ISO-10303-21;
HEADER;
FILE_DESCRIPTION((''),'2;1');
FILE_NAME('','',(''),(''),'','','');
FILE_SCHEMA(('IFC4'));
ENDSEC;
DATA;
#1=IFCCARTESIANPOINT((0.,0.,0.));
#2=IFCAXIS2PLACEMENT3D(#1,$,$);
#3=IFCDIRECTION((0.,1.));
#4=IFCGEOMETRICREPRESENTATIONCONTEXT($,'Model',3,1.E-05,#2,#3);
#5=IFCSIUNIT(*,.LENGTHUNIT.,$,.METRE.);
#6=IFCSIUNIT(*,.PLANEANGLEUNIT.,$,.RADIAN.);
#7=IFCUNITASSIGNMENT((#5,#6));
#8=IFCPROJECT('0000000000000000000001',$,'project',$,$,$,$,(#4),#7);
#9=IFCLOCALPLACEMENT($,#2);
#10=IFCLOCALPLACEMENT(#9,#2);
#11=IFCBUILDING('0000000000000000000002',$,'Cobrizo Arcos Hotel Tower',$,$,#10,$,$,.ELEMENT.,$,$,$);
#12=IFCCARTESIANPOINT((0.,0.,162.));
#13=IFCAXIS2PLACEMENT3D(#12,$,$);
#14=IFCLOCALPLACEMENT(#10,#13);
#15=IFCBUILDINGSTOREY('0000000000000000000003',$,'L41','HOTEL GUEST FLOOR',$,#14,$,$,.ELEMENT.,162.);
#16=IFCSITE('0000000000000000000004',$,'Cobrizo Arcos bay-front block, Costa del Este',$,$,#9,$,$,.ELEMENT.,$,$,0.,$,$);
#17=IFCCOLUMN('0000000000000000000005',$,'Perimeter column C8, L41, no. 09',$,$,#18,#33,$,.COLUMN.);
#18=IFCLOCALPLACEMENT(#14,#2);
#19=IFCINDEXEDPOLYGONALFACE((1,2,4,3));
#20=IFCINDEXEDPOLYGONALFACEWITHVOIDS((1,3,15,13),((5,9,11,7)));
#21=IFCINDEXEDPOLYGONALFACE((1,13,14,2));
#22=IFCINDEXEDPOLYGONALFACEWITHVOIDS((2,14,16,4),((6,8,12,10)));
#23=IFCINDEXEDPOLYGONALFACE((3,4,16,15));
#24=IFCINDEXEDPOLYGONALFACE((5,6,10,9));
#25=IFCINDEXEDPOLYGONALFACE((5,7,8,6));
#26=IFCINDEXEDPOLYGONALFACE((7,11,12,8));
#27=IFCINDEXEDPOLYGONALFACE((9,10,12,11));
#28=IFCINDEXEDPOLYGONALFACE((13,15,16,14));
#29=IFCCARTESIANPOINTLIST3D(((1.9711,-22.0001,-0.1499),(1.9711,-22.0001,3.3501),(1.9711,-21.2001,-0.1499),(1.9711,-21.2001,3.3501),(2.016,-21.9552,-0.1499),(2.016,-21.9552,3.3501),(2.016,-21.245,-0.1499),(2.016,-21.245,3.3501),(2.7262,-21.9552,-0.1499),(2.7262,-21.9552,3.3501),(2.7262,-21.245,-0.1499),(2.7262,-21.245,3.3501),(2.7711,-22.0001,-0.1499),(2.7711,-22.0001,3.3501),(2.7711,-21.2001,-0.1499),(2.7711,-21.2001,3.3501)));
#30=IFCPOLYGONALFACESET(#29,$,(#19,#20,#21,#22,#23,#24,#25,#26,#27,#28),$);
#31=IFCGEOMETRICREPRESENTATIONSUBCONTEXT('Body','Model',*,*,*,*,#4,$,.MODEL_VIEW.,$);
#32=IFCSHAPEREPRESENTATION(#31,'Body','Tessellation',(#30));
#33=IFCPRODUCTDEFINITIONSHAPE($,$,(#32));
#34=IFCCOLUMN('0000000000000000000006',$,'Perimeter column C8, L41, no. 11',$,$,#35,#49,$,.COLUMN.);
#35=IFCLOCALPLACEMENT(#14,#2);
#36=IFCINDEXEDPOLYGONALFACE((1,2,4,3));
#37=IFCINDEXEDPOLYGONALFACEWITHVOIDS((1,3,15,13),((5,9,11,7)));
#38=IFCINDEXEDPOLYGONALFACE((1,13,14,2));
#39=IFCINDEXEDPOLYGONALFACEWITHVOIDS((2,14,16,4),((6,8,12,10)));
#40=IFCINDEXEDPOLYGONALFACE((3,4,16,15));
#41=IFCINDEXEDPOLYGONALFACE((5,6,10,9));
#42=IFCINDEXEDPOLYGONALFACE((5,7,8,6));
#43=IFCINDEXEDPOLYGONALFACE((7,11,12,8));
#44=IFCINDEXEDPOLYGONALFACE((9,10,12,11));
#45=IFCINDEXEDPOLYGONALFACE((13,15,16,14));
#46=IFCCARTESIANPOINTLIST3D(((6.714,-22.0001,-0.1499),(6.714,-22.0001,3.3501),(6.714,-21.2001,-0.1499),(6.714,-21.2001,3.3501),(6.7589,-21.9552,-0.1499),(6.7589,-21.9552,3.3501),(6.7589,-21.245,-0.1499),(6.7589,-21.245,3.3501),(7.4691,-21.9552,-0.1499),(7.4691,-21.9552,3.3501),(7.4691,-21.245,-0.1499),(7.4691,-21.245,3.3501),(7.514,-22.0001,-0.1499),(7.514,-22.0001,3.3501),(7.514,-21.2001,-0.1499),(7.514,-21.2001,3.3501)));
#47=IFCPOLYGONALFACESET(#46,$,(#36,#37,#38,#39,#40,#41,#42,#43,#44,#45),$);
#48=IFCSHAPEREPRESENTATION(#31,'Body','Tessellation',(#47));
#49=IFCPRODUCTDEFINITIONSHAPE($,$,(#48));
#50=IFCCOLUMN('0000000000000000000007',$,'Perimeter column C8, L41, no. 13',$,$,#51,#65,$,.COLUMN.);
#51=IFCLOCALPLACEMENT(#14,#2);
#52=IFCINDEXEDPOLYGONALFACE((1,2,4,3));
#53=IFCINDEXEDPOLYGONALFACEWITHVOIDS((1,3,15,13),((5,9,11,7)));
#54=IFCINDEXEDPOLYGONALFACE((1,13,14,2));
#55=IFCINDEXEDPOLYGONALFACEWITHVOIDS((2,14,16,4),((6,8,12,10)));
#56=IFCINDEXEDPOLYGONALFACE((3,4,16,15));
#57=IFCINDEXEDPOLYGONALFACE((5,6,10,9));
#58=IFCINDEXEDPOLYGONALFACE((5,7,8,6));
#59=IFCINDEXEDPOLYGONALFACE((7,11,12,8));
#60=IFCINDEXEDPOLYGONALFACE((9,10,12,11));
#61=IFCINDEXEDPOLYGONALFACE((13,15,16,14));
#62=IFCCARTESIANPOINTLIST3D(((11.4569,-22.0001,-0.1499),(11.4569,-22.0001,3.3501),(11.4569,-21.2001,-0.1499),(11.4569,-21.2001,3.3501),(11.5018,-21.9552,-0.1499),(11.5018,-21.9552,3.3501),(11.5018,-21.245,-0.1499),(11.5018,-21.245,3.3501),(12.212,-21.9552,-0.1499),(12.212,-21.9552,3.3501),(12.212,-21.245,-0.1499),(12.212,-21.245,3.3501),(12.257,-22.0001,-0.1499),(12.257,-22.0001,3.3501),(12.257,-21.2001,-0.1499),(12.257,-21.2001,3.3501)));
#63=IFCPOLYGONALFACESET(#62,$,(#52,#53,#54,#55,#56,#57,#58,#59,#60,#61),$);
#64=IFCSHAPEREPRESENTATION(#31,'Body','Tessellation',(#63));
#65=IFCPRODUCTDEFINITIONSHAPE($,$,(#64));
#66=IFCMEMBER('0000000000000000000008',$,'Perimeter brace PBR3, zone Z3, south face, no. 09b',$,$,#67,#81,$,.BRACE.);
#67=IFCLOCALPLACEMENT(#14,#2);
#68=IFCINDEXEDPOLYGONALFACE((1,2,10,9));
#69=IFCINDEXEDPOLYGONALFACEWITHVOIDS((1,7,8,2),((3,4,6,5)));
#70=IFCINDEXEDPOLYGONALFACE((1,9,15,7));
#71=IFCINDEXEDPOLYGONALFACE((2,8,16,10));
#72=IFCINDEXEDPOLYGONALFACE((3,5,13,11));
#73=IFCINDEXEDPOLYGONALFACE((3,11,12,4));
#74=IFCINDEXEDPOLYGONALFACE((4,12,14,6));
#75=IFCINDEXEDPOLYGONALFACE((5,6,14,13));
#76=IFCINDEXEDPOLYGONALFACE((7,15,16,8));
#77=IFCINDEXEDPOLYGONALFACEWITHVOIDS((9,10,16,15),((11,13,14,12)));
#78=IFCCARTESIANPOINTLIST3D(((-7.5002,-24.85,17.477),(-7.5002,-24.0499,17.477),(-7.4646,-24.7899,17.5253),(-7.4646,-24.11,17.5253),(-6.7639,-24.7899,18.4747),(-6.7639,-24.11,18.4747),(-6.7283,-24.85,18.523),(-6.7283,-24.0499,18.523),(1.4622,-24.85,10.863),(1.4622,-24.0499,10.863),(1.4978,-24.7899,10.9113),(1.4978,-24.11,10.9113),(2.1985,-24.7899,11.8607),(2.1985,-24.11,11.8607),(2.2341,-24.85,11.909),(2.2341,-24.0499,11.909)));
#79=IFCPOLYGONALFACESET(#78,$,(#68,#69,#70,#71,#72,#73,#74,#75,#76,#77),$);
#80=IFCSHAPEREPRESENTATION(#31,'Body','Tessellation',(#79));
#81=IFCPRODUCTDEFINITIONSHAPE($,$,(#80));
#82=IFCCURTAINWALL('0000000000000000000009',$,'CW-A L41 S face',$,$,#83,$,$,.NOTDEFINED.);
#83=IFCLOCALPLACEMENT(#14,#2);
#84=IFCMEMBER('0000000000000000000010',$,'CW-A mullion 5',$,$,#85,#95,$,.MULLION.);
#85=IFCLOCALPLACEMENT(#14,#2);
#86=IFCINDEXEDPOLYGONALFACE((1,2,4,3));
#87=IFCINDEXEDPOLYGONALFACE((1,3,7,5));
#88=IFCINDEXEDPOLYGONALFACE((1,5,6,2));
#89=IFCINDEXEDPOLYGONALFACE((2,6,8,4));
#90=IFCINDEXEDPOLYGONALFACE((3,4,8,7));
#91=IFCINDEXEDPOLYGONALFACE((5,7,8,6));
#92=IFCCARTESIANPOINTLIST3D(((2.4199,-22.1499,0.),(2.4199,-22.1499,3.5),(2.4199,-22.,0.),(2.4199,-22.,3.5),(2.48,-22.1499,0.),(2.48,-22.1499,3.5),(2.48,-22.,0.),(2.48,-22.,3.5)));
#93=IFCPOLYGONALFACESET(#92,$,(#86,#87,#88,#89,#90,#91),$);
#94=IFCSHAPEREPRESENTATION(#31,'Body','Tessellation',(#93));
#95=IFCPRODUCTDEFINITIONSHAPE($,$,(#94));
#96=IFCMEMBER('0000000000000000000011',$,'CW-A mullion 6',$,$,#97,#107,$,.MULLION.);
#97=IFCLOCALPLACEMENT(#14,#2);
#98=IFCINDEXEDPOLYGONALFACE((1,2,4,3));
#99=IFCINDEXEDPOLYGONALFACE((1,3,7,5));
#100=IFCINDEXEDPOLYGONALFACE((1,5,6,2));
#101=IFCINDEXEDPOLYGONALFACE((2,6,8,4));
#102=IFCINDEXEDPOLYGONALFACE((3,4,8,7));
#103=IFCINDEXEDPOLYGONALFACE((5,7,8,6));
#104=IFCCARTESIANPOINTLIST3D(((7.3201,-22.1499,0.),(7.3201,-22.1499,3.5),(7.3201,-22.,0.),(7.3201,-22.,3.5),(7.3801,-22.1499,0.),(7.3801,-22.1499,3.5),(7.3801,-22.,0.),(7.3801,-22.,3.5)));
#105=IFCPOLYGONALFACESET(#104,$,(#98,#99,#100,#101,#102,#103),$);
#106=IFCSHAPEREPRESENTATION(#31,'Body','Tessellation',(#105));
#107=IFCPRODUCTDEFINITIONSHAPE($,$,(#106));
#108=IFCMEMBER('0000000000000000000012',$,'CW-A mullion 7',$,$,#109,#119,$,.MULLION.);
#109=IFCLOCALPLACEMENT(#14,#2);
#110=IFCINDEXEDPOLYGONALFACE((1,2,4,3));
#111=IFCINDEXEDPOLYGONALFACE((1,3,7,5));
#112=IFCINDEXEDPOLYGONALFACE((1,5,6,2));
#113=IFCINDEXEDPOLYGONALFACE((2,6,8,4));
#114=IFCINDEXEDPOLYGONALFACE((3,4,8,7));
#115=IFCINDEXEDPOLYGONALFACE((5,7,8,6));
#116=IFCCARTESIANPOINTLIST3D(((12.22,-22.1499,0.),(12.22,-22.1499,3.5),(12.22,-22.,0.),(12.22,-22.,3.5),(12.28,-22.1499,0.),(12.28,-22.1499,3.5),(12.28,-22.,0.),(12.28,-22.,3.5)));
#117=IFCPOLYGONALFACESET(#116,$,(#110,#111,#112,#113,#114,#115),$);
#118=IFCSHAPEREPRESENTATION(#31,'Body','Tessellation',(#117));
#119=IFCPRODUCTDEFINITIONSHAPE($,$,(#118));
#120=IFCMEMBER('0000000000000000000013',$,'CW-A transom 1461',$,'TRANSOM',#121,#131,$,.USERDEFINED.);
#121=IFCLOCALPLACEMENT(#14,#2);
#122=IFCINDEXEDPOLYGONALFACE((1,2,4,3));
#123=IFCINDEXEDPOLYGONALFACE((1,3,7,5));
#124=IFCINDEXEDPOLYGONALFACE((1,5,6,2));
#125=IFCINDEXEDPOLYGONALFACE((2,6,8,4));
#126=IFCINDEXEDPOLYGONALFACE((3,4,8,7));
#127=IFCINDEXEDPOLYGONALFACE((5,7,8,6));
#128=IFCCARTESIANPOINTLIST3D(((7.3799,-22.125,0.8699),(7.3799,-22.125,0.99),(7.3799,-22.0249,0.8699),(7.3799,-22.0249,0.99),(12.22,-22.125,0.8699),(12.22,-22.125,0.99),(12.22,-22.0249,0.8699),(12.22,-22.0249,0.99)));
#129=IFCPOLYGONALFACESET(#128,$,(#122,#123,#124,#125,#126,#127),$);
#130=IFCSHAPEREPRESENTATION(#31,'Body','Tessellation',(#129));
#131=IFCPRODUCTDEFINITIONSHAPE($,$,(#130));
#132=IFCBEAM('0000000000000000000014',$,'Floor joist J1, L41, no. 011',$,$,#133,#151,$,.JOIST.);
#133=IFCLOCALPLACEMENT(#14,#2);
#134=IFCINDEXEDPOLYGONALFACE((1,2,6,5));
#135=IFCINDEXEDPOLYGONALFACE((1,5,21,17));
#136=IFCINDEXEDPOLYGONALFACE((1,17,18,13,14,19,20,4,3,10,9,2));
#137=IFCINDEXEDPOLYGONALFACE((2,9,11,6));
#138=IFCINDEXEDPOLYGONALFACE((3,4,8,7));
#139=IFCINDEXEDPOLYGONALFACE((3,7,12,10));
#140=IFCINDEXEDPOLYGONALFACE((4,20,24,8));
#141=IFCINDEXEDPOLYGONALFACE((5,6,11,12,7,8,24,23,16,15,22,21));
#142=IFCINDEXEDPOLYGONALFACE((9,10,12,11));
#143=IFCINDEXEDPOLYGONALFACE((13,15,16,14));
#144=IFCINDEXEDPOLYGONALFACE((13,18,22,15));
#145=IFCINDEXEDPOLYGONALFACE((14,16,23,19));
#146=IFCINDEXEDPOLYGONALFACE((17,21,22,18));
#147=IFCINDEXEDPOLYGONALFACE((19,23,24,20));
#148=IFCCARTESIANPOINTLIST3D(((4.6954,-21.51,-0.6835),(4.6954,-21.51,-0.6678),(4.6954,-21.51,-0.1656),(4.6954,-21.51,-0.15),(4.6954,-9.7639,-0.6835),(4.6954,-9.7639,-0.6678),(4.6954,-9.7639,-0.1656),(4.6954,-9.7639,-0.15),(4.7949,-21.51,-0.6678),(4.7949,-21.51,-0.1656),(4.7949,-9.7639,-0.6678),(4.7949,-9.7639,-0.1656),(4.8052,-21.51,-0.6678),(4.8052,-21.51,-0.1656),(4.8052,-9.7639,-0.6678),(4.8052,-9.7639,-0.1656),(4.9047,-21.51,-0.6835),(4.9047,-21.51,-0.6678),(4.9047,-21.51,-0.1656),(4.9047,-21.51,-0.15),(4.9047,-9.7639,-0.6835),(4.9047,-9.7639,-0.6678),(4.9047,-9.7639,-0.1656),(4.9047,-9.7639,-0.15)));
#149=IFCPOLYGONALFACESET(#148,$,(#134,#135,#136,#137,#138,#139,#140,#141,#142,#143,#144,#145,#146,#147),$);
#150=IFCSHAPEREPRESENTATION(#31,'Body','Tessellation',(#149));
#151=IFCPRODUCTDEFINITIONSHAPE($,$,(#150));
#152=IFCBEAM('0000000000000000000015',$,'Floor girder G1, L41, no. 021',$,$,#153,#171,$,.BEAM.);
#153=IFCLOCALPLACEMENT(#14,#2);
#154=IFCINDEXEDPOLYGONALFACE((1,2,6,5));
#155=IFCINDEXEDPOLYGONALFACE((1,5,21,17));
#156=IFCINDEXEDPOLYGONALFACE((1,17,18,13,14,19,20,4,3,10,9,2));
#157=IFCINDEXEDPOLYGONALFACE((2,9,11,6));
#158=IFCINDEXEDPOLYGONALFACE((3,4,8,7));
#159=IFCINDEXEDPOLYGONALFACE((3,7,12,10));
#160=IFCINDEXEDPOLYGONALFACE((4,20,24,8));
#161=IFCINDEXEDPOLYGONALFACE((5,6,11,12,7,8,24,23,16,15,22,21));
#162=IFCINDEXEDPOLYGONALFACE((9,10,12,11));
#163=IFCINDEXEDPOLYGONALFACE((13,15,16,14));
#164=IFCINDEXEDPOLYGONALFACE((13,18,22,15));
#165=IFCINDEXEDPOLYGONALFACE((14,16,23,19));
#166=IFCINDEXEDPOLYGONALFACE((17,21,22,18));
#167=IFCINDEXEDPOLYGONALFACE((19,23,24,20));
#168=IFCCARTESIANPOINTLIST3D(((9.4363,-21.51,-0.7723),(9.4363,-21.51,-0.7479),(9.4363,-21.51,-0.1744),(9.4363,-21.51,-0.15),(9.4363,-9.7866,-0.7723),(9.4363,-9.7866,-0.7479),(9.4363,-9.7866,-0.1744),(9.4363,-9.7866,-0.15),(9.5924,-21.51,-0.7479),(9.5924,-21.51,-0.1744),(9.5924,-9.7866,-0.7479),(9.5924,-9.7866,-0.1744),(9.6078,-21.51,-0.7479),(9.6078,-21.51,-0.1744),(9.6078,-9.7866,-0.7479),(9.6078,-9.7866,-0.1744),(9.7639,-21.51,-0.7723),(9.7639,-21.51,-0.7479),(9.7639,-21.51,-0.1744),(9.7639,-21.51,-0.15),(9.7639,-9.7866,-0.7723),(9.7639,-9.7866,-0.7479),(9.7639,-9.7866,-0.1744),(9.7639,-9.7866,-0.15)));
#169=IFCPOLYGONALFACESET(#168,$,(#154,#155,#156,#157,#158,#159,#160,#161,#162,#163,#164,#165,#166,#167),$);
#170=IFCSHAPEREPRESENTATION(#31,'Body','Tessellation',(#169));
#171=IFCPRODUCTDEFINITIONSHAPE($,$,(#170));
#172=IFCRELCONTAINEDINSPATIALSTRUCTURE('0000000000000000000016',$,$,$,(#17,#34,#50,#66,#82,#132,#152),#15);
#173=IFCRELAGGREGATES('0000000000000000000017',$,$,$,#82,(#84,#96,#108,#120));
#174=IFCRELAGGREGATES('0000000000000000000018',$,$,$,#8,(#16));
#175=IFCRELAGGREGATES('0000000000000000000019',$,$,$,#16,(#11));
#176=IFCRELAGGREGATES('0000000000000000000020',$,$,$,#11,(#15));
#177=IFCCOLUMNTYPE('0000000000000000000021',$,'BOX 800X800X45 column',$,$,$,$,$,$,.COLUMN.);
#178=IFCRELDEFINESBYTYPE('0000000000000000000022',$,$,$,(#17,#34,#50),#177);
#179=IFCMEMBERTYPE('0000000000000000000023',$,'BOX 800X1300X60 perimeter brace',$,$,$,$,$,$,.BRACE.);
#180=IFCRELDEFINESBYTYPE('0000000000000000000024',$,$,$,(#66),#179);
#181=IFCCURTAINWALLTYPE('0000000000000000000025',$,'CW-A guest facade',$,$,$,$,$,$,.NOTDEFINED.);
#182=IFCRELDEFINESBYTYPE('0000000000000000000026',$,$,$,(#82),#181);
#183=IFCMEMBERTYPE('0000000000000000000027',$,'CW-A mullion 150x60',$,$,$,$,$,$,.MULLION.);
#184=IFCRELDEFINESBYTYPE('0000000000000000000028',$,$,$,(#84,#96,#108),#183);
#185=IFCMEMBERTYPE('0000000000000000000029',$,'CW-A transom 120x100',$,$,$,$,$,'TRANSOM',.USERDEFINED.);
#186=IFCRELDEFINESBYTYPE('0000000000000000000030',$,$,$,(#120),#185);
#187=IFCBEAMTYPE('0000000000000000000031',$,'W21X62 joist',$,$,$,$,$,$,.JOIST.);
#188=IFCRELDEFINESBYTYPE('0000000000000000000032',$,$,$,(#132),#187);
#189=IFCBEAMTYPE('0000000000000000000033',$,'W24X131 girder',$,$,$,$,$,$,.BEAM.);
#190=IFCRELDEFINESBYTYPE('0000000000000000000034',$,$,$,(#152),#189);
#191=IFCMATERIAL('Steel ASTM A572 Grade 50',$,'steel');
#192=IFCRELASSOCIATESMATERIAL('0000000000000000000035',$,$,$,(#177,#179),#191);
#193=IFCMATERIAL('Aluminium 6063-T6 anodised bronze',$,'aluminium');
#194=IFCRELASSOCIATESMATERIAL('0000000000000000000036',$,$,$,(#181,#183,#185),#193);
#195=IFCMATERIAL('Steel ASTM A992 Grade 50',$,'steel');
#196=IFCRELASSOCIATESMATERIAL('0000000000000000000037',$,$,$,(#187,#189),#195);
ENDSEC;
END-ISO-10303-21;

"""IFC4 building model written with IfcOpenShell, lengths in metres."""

from ifc_helpers import new_model, si_unit, direction, frame, origin, origin_2d, place, context, subcontext, project, spatial, rectangle, hollow_rectangle, i_section, extrude, material, material_profile, profile_set, type_object, element, aggregate, save


model = new_model("IFC4")

# Units and contexts
model_context = context("Model", 3, precision=1e-05, world=origin(), true_north=direction((0.0, 1.0)))
body_context = subcontext(model_context, "Body", "Model", "MODEL_VIEW")
ifc_project = project(units=[si_unit("LENGTHUNIT", "METRE"), si_unit("PLANEANGLEUNIT", "RADIAN")], contexts=[model_context])

# Site, building, storey
site_placement = place(None, origin())
site = spatial("IfcSite", under=ifc_project, at=site_placement, Name="Cobrizo Arcos bay-front block, Costa del Este", CompositionType="ELEMENT", RefElevation=0.0)
building_placement = place(site_placement, origin())
building = spatial("IfcBuilding", under=site, at=building_placement, Name="Cobrizo Arcos Hotel Tower", CompositionType="ELEMENT")
storey_placement = place(building_placement, frame((0.0, 0.0, 162.0)))
storey = spatial("IfcBuildingStorey", under=building, at=storey_placement, Name="L41", Description="HOTEL GUEST FLOOR", CompositionType="ELEMENT", Elevation=162.0)

# Columns
ifc_material_1 = material(Name="Steel ASTM A572 Grade 50", Category="steel")
ifc_material_profile_1 = material_profile(ifc_material_1, hollow_rectangle(XDim=0.8, YDim=0.8, WallThickness=0.0449, at=origin_2d()), Name="BOX 800X800X45")
ifc_profile_set_1 = profile_set([ifc_material_profile_1], Name="Steel ASTM A572 Grade 50")
column_type = type_object("IfcColumnType", Name="BOX 800X800X45 column", PredefinedType="COLUMN", material=ifc_profile_set_1)
for number, where, z_axis, x_axis, name in (
    (1, (2.3711, -21.6001, -0.1499), (0.0, 0.0, 1.0), (1.0, 0.0, 0.0), "Perimeter column C8, L41, no. 09"),
    (2, (7.114, -21.6001, -0.1499), (0.0, 0.0, 1.0), (1.0, 0.0, 0.0), "Perimeter column C8, L41, no. 11"),
    (3, (11.8569, -21.6001, -0.1499), (0.0, 0.0, 1.0), (1.0, 0.0, 0.0), "Perimeter column C8, L41, no. 13"),
):
    element("IfcColumn", number, at=place(storey_placement, frame(where, z_axis=z_axis, x_axis=x_axis)), inside=storey, type_object=column_type, Name=name, PredefinedType="COLUMN", context=body_context, shape_type="SweptSolid", body=[
        extrude(hollow_rectangle(XDim=0.8, YDim=0.8, WallThickness=0.0449, at=origin_2d()), origin(), (0.0, 0.0, 1.0), 3.5),
    ])

# Member
ifc_material_profile_2 = material_profile(ifc_material_1, hollow_rectangle(XDim=0.8, YDim=1.3, WallThickness=0.0601, at=origin_2d()), Name="BOX 800X1300X60")
ifc_profile_set_2 = profile_set([ifc_material_profile_2], Name="Steel ASTM A572 Grade 50")
member_type_1 = type_object("IfcMemberType", Name="BOX 800X1300X60 perimeter brace", PredefinedType="BRACE", material=ifc_profile_set_2)
member_1_placement = place(storey_placement, frame((1.8481, -24.45, 11.386), z_axis=(-0.804621, 0.0, 0.593789), x_axis=(0.0, -1.0, 0.0)))
element("IfcMember", 4, at=member_1_placement, inside=storey, type_object=member_type_1, Name="Perimeter brace PBR3, zone Z3, south face, no. 09b", PredefinedType="BRACE", context=body_context, shape_type="SweptSolid", body=[
    extrude(hollow_rectangle(XDim=0.8, YDim=1.3, WallThickness=0.0601, at=origin_2d()), origin(), (0.0, 0.0, 1.0), 11.1387),
])

# Curtain wall, members
ifc_material_2 = material(Name="Aluminium 6063-T6 anodised bronze", Category="aluminium")
curtain_wall_type = type_object("IfcCurtainWallType", Name="CW-A guest facade", PredefinedType="NOTDEFINED", material=ifc_material_2)
curtain_wall_placement = place(storey_placement, origin())
curtain_wall = element("IfcCurtainWall", 5, at=curtain_wall_placement, inside=storey, type_object=curtain_wall_type, Name="CW-A L41 S face", PredefinedType="NOTDEFINED")
ifc_material_profile_3 = material_profile(ifc_material_2, rectangle(XDim=0.1499, YDim=0.0601, at=origin_2d()), Name="CW-A mullion 150x60")
ifc_profile_set_3 = profile_set([ifc_material_profile_3], Name="Aluminium 6063-T6 anodised bronze")
member_type_2 = type_object("IfcMemberType", Name="CW-A mullion 150x60", PredefinedType="MULLION", material=ifc_profile_set_3)
member_2_placement = place(storey_placement, frame((2.45, -22.075, 0.0), z_axis=(0.0, 0.0, 1.0), x_axis=(0.0, -1.0, 0.0)))
member_2 = element("IfcMember", 6, at=member_2_placement, type_object=member_type_2, Name="CW-A mullion 5", PredefinedType="MULLION", context=body_context, shape_type="SweptSolid", body=[
    extrude(rectangle(XDim=0.1499, YDim=0.0601, at=origin_2d()), origin(), (0.0, 0.0, 1.0), 3.5),
])
member_3_placement = place(storey_placement, frame((7.3501, -22.075, 0.0), z_axis=(0.0, 0.0, 1.0), x_axis=(0.0, -1.0, 0.0)))
member_3 = element("IfcMember", 7, at=member_3_placement, type_object=member_type_2, Name="CW-A mullion 6", PredefinedType="MULLION", context=body_context, shape_type="SweptSolid", body=[
    extrude(rectangle(XDim=0.1499, YDim=0.0601, at=origin_2d()), origin(), (0.0, 0.0, 1.0), 3.5),
])
member_4_placement = place(storey_placement, frame((12.25, -22.075, 0.0), z_axis=(0.0, 0.0, 1.0), x_axis=(0.0, -1.0, 0.0)))
member_4 = element("IfcMember", 8, at=member_4_placement, type_object=member_type_2, Name="CW-A mullion 7", PredefinedType="MULLION", context=body_context, shape_type="SweptSolid", body=[
    extrude(rectangle(XDim=0.1499, YDim=0.0601, at=origin_2d()), origin(), (0.0, 0.0, 1.0), 3.5),
])
ifc_material_profile_4 = material_profile(ifc_material_2, rectangle(XDim=0.1001, YDim=0.1201, at=origin_2d()), Name="CW-A transom 120x100")
ifc_profile_set_4 = profile_set([ifc_material_profile_4], Name="Aluminium 6063-T6 anodised bronze")
member_type_3 = type_object("IfcMemberType", Name="CW-A transom 120x100", ElementType="TRANSOM", PredefinedType="USERDEFINED", material=ifc_profile_set_4)
member_5_placement = place(storey_placement, frame((7.3799, -22.075, 0.9299), z_axis=(1.0, 0.0, 0.0), x_axis=(0.0, 1.0, 0.0)))
member_5 = element("IfcMember", 9, at=member_5_placement, type_object=member_type_3, Name="CW-A transom 1461", ObjectType="TRANSOM", PredefinedType="USERDEFINED", context=body_context, shape_type="SweptSolid", body=[
    extrude(rectangle(XDim=0.1001, YDim=0.1201, at=origin_2d()), origin(), (0.0, 0.0, 1.0), 4.8401),
])

# Beams
ifc_material_3 = material(Name="Steel ASTM A992 Grade 50", Category="steel")
ifc_material_profile_5 = material_profile(ifc_material_3, i_section(OverallWidth=0.2092, OverallDepth=0.5334, WebThickness=0.0103, FlangeThickness=0.0156, at=origin_2d()), Name="W21X62")
ifc_profile_set_5 = profile_set([ifc_material_profile_5], Name="Steel ASTM A992 Grade 50")
beam_type_1 = type_object("IfcBeamType", Name="W21X62 joist", PredefinedType="JOIST", material=ifc_profile_set_5)
beam_1_placement = place(storey_placement, frame((4.8, -21.51, -0.4167), z_axis=(0.0, 1.0, 0.0), x_axis=(-1.0, 0.0, 0.0)))
element("IfcBeam", 10, at=beam_1_placement, inside=storey, type_object=beam_type_1, Name="Floor joist J1, L41, no. 011", PredefinedType="JOIST", context=body_context, shape_type="SweptSolid", body=[
    extrude(i_section(OverallWidth=0.2092, OverallDepth=0.5334, WebThickness=0.0103, FlangeThickness=0.0156, at=origin_2d()), origin(), (0.0, 0.0, 1.0), 11.7461),
])
ifc_material_profile_6 = material_profile(ifc_material_3, i_section(OverallWidth=0.3276, OverallDepth=0.6223, WebThickness=0.0154, FlangeThickness=0.0244, at=origin_2d()), Name="W24X131")
ifc_profile_set_6 = profile_set([ifc_material_profile_6], Name="Steel ASTM A992 Grade 50")
beam_type_2 = type_object("IfcBeamType", Name="W24X131 girder", PredefinedType="BEAM", material=ifc_profile_set_6)
beam_2_placement = place(storey_placement, frame((9.6001, -21.51, -0.4612), z_axis=(0.0, 1.0, 0.0), x_axis=(-1.0, 0.0, 0.0)))
element("IfcBeam", 11, at=beam_2_placement, inside=storey, type_object=beam_type_2, Name="Floor girder G1, L41, no. 021", PredefinedType="BEAM", context=body_context, shape_type="SweptSolid", body=[
    extrude(i_section(OverallWidth=0.3276, OverallDepth=0.6223, WebThickness=0.0154, FlangeThickness=0.0244, at=origin_2d()), origin(), (0.0, 0.0, 1.0), 11.7234),
])

aggregate(curtain_wall, [member_2, member_3, member_4, member_5])

save(model, "model.ifc")
